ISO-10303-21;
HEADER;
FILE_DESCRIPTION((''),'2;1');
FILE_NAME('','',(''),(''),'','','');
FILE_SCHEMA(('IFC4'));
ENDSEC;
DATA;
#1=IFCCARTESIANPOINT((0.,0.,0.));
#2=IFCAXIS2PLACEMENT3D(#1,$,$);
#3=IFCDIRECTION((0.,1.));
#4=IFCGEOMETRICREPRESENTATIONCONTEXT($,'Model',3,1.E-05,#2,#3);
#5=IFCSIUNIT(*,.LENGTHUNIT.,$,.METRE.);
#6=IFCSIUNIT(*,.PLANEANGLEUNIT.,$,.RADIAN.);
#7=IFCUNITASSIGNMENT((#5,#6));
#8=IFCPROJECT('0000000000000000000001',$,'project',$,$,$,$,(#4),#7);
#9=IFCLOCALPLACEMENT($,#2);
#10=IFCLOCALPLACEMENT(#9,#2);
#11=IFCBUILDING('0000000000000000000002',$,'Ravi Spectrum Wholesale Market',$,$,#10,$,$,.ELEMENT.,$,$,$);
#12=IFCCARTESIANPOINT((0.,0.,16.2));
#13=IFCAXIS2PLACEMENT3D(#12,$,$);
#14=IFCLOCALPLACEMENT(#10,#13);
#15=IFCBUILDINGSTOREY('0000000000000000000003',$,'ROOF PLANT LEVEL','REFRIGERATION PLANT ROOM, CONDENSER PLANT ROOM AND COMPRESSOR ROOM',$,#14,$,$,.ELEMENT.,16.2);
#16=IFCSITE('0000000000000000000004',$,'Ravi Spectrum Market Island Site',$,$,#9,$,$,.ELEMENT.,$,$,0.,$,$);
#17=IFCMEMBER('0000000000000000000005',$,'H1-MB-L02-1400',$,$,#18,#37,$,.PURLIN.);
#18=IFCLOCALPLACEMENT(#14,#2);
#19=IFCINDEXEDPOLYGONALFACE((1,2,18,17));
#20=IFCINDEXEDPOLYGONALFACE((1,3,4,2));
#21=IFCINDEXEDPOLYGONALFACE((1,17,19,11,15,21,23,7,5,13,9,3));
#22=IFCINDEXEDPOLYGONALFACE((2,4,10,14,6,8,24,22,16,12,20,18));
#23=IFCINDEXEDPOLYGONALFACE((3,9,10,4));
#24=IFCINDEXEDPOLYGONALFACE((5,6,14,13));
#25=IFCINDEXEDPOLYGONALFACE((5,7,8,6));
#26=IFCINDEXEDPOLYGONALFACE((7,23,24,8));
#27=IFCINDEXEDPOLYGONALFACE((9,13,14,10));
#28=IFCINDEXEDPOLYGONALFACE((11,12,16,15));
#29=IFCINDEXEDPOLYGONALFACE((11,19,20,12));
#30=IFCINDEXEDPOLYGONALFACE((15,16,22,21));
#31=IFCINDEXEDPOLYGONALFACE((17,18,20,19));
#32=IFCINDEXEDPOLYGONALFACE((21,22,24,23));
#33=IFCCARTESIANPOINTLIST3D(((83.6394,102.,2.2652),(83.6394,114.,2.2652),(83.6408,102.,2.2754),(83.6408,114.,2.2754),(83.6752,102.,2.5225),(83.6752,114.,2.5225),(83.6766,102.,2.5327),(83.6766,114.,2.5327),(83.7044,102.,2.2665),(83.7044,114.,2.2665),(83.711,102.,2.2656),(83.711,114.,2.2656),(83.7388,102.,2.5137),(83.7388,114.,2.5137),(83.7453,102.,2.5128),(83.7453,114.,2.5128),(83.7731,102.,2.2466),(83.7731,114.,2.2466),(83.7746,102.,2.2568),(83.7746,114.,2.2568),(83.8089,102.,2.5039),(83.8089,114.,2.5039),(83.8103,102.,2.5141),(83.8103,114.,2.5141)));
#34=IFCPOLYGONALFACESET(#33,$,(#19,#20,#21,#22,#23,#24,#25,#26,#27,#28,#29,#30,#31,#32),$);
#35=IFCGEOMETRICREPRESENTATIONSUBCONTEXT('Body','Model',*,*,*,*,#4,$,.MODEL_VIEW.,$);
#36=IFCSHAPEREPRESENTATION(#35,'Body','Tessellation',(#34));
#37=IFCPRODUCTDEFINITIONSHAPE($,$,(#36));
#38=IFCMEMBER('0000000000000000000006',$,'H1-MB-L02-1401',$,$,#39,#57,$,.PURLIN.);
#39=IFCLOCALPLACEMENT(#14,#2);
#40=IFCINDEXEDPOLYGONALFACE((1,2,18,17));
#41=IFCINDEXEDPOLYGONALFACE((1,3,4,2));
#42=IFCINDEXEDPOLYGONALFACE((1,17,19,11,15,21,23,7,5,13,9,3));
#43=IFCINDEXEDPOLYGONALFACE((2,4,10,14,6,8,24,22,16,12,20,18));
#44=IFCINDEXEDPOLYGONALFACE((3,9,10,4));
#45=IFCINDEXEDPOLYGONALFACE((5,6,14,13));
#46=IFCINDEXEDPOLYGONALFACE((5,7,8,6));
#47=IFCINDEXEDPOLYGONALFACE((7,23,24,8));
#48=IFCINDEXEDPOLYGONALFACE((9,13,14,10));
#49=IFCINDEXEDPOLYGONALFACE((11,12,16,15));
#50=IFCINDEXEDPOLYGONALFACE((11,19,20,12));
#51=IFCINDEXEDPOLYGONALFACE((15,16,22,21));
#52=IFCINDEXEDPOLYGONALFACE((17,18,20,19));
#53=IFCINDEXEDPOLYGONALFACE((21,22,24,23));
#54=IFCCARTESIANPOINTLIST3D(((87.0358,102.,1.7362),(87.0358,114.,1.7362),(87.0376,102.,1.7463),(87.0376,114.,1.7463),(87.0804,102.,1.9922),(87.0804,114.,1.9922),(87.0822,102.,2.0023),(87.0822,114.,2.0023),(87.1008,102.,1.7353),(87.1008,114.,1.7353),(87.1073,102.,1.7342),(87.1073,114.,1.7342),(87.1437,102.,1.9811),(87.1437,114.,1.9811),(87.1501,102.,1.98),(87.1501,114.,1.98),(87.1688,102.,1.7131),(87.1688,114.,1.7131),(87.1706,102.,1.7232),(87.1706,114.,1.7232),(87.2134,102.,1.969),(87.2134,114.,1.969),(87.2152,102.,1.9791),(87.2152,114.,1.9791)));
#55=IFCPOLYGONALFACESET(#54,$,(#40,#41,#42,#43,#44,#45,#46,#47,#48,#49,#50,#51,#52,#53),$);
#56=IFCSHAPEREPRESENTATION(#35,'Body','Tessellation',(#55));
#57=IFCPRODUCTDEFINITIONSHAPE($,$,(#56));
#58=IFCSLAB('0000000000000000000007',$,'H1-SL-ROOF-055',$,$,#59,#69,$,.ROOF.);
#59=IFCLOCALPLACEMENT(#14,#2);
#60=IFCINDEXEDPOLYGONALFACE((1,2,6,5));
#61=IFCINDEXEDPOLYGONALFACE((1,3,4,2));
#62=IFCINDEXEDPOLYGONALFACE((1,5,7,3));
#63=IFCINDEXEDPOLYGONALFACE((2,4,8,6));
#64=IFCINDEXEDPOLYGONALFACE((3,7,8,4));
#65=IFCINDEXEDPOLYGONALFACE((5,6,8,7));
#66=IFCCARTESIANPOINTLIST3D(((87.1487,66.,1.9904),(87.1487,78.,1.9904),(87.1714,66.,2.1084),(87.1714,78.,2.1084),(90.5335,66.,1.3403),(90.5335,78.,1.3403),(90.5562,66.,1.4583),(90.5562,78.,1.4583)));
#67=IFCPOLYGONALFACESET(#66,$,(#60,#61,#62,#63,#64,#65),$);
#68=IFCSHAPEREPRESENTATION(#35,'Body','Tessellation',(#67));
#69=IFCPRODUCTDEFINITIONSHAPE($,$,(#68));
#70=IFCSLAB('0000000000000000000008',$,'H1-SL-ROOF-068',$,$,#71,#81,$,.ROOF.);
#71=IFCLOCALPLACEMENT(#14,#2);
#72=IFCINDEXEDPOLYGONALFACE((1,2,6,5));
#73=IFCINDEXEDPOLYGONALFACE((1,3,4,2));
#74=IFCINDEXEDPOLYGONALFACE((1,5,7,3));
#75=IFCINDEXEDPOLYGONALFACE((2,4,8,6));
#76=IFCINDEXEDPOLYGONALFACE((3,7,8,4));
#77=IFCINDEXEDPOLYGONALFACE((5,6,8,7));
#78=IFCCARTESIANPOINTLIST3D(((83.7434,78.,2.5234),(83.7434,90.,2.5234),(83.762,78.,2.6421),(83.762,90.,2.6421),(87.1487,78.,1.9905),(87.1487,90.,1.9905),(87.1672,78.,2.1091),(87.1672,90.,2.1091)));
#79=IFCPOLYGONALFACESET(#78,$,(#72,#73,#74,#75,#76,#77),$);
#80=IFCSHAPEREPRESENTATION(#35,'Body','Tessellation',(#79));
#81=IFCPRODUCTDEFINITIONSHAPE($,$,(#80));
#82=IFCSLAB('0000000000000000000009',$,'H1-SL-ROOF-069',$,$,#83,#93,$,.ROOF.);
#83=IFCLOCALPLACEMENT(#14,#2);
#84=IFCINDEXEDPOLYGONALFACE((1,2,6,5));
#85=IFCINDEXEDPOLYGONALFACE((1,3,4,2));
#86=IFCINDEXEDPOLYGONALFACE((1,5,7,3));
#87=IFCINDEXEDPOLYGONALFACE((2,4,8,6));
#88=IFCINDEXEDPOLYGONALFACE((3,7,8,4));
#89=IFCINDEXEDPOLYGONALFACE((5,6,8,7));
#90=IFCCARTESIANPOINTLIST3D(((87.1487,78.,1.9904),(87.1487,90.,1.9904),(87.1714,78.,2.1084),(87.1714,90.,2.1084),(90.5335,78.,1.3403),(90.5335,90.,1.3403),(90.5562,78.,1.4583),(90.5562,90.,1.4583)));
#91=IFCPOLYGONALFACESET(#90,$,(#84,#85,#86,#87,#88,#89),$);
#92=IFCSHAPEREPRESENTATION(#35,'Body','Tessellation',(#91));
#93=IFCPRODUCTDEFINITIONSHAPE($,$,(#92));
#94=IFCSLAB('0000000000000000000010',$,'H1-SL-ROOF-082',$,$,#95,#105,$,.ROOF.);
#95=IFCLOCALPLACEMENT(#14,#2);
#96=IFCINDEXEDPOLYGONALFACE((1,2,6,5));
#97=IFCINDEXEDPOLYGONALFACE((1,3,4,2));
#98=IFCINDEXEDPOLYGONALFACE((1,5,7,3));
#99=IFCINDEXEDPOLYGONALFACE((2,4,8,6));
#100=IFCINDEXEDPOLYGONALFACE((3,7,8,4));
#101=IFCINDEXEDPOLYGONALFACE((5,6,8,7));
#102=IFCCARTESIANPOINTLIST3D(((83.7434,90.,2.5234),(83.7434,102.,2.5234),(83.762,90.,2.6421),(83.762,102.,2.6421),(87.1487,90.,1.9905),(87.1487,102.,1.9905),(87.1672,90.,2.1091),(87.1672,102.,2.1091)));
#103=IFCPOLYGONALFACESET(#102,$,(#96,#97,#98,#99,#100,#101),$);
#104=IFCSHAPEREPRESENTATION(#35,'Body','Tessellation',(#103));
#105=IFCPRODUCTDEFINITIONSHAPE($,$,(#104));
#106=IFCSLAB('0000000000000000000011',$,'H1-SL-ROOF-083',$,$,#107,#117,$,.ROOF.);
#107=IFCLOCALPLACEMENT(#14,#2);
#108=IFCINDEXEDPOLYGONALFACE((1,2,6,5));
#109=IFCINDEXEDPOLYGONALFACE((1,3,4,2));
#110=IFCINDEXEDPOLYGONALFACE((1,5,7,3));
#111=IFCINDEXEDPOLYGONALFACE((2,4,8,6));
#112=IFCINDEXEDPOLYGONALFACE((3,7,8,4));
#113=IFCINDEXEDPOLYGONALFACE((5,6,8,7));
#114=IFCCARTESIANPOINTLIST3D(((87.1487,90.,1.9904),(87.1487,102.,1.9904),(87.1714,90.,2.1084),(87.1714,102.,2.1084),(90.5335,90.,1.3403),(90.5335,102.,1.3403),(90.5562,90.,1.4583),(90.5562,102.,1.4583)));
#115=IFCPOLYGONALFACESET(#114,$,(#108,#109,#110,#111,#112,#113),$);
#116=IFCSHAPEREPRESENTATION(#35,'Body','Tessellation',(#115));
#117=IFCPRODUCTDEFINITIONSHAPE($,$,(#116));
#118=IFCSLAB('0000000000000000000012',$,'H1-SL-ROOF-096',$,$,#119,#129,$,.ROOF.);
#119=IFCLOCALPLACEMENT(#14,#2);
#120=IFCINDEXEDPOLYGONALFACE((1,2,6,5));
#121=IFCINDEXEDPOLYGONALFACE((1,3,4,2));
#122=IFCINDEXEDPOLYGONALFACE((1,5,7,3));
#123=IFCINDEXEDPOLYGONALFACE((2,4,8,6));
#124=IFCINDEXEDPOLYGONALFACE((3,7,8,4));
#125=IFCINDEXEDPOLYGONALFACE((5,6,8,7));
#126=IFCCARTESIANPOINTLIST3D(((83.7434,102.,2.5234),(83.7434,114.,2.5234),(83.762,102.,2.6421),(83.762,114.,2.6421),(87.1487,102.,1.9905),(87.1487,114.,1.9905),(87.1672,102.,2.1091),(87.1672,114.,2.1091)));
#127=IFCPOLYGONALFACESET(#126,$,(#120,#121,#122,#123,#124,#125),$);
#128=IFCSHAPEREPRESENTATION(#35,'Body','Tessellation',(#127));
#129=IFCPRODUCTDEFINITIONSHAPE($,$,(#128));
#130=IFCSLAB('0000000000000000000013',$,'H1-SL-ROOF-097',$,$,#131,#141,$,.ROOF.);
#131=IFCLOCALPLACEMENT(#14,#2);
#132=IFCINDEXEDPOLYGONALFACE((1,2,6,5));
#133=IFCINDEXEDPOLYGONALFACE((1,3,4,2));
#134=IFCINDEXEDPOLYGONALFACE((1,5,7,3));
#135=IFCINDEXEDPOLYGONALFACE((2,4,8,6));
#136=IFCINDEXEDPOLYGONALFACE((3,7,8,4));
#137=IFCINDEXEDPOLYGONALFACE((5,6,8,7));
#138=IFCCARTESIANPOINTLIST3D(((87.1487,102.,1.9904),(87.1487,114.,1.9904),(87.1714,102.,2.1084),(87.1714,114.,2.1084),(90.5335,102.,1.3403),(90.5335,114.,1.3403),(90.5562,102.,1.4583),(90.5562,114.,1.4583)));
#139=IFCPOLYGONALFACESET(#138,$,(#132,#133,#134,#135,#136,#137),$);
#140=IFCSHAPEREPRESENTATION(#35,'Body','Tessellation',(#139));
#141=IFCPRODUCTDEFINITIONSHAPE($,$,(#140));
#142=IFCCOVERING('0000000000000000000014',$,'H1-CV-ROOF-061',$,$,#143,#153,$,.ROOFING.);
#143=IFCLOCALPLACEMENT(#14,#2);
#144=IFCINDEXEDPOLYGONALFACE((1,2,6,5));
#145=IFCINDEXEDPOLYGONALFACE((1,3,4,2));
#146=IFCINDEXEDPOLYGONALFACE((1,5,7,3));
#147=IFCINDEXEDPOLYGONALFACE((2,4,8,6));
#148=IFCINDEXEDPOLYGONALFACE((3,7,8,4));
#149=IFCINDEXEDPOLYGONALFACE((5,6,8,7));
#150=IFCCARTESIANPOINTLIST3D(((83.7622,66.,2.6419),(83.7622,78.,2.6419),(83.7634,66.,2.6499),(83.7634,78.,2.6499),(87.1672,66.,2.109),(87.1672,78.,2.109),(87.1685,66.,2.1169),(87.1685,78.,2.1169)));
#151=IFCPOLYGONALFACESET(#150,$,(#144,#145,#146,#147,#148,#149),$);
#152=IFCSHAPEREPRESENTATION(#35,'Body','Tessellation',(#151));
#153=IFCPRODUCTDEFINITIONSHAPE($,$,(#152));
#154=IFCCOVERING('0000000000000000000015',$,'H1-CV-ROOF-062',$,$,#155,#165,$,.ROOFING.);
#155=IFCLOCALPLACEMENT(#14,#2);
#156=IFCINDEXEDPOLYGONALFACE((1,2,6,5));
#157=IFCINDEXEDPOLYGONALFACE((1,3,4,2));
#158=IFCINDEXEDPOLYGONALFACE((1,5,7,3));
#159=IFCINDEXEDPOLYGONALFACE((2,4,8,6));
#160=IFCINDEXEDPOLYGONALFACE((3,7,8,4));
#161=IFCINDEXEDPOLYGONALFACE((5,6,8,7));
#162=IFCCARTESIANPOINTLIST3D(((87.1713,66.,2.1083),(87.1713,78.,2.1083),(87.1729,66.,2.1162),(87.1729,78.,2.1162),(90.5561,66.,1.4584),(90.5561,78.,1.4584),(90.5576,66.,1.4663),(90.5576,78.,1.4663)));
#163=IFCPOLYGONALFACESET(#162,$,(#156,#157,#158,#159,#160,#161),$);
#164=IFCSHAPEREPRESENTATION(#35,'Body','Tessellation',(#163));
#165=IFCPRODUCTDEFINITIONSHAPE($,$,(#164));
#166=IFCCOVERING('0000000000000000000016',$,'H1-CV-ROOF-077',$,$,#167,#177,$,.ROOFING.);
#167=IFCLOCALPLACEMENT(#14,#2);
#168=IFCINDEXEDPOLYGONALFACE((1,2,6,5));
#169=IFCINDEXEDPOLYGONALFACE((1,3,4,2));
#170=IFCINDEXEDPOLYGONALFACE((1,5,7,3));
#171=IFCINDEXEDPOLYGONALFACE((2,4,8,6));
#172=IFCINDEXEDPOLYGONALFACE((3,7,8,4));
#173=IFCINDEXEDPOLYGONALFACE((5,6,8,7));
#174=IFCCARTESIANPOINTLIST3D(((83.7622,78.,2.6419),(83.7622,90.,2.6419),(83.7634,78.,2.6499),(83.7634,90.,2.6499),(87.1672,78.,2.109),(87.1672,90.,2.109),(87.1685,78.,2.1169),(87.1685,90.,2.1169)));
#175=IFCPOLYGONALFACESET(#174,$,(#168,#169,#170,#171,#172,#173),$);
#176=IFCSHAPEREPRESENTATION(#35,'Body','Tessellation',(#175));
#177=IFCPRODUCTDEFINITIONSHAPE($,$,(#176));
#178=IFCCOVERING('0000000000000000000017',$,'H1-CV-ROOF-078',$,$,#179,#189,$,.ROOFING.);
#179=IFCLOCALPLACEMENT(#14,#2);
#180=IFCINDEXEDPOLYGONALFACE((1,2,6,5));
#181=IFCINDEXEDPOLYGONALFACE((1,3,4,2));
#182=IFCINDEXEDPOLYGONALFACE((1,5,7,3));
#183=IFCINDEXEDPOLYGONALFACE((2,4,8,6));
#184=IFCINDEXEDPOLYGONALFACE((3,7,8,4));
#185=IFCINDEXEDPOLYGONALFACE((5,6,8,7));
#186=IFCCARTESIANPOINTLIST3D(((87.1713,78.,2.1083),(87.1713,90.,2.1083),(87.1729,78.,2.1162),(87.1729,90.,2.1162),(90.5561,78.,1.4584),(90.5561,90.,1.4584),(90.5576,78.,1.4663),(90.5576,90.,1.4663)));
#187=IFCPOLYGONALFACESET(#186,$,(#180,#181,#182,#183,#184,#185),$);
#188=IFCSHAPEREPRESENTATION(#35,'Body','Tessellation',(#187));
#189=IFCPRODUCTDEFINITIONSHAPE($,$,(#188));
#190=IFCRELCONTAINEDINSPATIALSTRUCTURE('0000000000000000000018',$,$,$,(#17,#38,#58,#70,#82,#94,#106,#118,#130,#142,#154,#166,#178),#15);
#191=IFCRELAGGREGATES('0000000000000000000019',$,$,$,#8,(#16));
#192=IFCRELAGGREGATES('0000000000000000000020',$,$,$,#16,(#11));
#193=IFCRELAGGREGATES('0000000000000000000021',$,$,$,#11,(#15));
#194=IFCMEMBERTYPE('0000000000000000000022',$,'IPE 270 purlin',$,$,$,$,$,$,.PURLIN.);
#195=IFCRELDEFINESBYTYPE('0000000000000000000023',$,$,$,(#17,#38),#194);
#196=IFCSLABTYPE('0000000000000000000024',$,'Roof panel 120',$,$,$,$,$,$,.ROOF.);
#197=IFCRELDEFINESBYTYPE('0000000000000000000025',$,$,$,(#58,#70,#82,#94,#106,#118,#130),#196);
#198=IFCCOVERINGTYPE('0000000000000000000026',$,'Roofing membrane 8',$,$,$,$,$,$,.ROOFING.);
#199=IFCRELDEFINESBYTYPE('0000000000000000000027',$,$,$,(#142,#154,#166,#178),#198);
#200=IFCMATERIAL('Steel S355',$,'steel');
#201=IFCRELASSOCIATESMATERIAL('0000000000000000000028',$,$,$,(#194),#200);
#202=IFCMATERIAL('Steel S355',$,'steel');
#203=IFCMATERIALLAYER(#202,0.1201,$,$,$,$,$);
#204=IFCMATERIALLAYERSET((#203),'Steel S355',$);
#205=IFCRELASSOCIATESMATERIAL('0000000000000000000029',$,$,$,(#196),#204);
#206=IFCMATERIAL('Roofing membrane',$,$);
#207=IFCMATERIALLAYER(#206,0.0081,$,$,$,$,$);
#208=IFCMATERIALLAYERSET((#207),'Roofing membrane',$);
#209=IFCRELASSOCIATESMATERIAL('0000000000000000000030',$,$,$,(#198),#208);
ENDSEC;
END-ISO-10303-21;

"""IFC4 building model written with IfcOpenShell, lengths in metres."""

from ifc_helpers import new_model, si_unit, direction, frame, origin, origin_2d, place, context, subcontext, project, spatial, polyline, i_section, outline, extrude, material, layer, layer_set, material_profile, profile_set, type_object, element, save


model = new_model("IFC4")

# Units and contexts
model_context = context("Model", 3, precision=1e-05, world=origin(), true_north=direction((0.0, 1.0)))
body_context = subcontext(model_context, "Body", "Model", "MODEL_VIEW")
ifc_project = project(units=[si_unit("LENGTHUNIT", "METRE"), si_unit("PLANEANGLEUNIT", "RADIAN")], contexts=[model_context])

# Site, building, storey
site_placement = place(None, origin())
site = spatial("IfcSite", under=ifc_project, at=site_placement, Name="Ravi Spectrum Market Island Site", CompositionType="ELEMENT", RefElevation=0.0)
building_placement = place(site_placement, origin())
building = spatial("IfcBuilding", under=site, at=building_placement, Name="Ravi Spectrum Wholesale Market", CompositionType="ELEMENT")
storey_placement = place(building_placement, frame((0.0, 0.0, 16.2)))
storey = spatial("IfcBuildingStorey", under=building, at=storey_placement, Name="ROOF PLANT LEVEL", Description="REFRIGERATION PLANT ROOM, CONDENSER PLANT ROOM AND COMPRESSOR ROOM", CompositionType="ELEMENT", Elevation=16.2)

# Members
ifc_material_1 = material(Name="Steel S355", Category="steel")
ifc_material_profile_1 = material_profile(ifc_material_1, i_section(OverallWidth=0.135, OverallDepth=0.27, WebThickness=0.0066, FlangeThickness=0.0103, at=origin_2d()))
ifc_profile_set_1 = profile_set([ifc_material_profile_1], Name="Steel S355")
member_type_1 = type_object("IfcMemberType", Name="IPE 270 purlin", PredefinedType="PURLIN", material=ifc_profile_set_1)
for number, where, z_axis, x_axis, name in (
    (1, (83.7249, 102.0, 2.3896), (0.0, 1.0, 0.0), (-0.990494, 0.0, 0.137557), "H1-MB-L02-1400"),
    (2, (87.1255, 102.0, 1.8577), (0.0, 1.0, 0.0), (-0.98516, 0.0, 0.171639), "H1-MB-L02-1401"),
):
    element("IfcMember", number, at=place(storey_placement, frame(where, z_axis=z_axis, x_axis=x_axis)), inside=storey, type_object=member_type_1, Name=name, PredefinedType="PURLIN", context=body_context, shape_type="SweptSolid", body=[
        extrude(i_section(OverallWidth=0.135, OverallDepth=0.27, WebThickness=0.0066, FlangeThickness=0.0103, at=origin_2d()), origin(), (0.0, 0.0, 1.0), 12.0),
    ])

# Slabs
ifc_material_2 = material(Name="Steel S355", Category="steel")
ifc_layer_1 = layer(ifc_material_2, 0.1201)
ifc_layer_set_1 = layer_set([ifc_layer_1], Name="Steel S355")
slab_type = type_object("IfcSlabType", Name="Roof panel 120", PredefinedType="ROOF", material=ifc_layer_set_1)
slab_1_placement = place(storey_placement, frame((87.1714, 66.0, 2.1084), z_axis=(0.188632, 0.0, 0.982048), x_axis=(0.982048, 0.0, -0.188632)))
element("IfcSlab", 3, at=slab_1_placement, inside=storey, type_object=slab_type, Name="H1-SL-ROOF-055", PredefinedType="ROOF", context=body_context, shape_type="SweptSolid", body=[
    extrude(outline(polyline([(0.0, 0.0), (3.4466, 0.0), (3.4466, 12.0), (0.0, 12.0), (0.0, 0.0)])), origin(), (0.0, 0.0, -1.0), 0.1201),
])
slab_2_placement = place(storey_placement, frame((83.762, 78.0, 2.6421), z_axis=(0.154628, 0.0, 0.987973), x_axis=(0.987973, 0.0, -0.154628)))
element("IfcSlab", 4, at=slab_2_placement, inside=storey, type_object=slab_type, Name="H1-SL-ROOF-068", PredefinedType="ROOF", context=body_context, shape_type="SweptSolid", body=[
    extrude(outline(polyline([(0.0, 0.0), (3.4467, 0.0), (3.4467, 12.0), (0.0, 12.0), (0.0, 0.0)])), origin(), (0.0, 0.0, -1.0), 0.1201),
])
slab_3_placement = place(storey_placement, frame((87.1714, 78.0, 2.1084), z_axis=(0.188632, 0.0, 0.982048), x_axis=(0.982048, 0.0, -0.188632)))
element("IfcSlab", 5, at=slab_3_placement, inside=storey, type_object=slab_type, Name="H1-SL-ROOF-069", PredefinedType="ROOF", context=body_context, shape_type="SweptSolid", body=[
    extrude(outline(polyline([(0.0, 0.0), (3.4466, 0.0), (3.4466, 12.0), (0.0, 12.0), (0.0, 0.0)])), origin(), (0.0, 0.0, -1.0), 0.1201),
])
slab_4_placement = place(storey_placement, frame((83.762, 90.0, 2.6421), z_axis=(0.154628, 0.0, 0.987973), x_axis=(0.987973, 0.0, -0.154628)))
element("IfcSlab", 6, at=slab_4_placement, inside=storey, type_object=slab_type, Name="H1-SL-ROOF-082", PredefinedType="ROOF", context=body_context, shape_type="SweptSolid", body=[
    extrude(outline(polyline([(0.0, 0.0), (3.4467, 0.0), (3.4467, 12.0), (0.0, 12.0), (0.0, 0.0)])), origin(), (0.0, 0.0, -1.0), 0.1201),
])
slab_5_placement = place(storey_placement, frame((87.1714, 90.0, 2.1084), z_axis=(0.188632, 0.0, 0.982048), x_axis=(0.982048, 0.0, -0.188632)))
element("IfcSlab", 7, at=slab_5_placement, inside=storey, type_object=slab_type, Name="H1-SL-ROOF-083", PredefinedType="ROOF", context=body_context, shape_type="SweptSolid", body=[
    extrude(outline(polyline([(0.0, 0.0), (3.4466, 0.0), (3.4466, 12.0), (0.0, 12.0), (0.0, 0.0)])), origin(), (0.0, 0.0, -1.0), 0.1201),
])
slab_6_placement = place(storey_placement, frame((83.762, 102.0, 2.6421), z_axis=(0.154628, 0.0, 0.987973), x_axis=(0.987973, 0.0, -0.154628)))
element("IfcSlab", 8, at=slab_6_placement, inside=storey, type_object=slab_type, Name="H1-SL-ROOF-096", PredefinedType="ROOF", context=body_context, shape_type="SweptSolid", body=[
    extrude(outline(polyline([(0.0, 0.0), (3.4467, 0.0), (3.4467, 12.0), (0.0, 12.0), (0.0, 0.0)])), origin(), (0.0, 0.0, -1.0), 0.1201),
])
slab_7_placement = place(storey_placement, frame((87.1714, 102.0, 2.1084), z_axis=(0.188632, 0.0, 0.982048), x_axis=(0.982048, 0.0, -0.188632)))
element("IfcSlab", 9, at=slab_7_placement, inside=storey, type_object=slab_type, Name="H1-SL-ROOF-097", PredefinedType="ROOF", context=body_context, shape_type="SweptSolid", body=[
    extrude(outline(polyline([(0.0, 0.0), (3.4466, 0.0), (3.4466, 12.0), (0.0, 12.0), (0.0, 0.0)])), origin(), (0.0, 0.0, -1.0), 0.1201),
])

# Coverings
ifc_material_3 = material(Name="Roofing membrane")
ifc_layer_2 = layer(ifc_material_3, 0.0081)
ifc_layer_set_2 = layer_set([ifc_layer_2], Name="Roofing membrane")
covering_type = type_object("IfcCoveringType", Name="Roofing membrane 8", PredefinedType="ROOFING", material=ifc_layer_set_2)
covering_1_placement = place(storey_placement, frame((83.7634, 66.0, 2.6499), z_axis=(0.154638, 0.0, 0.987971), x_axis=(0.987971, 0.0, -0.154638)))
element("IfcCovering", 10, at=covering_1_placement, inside=storey, type_object=covering_type, Name="H1-CV-ROOF-061", PredefinedType="ROOFING", context=body_context, shape_type="SweptSolid", body=[
    extrude(outline(polyline([(0.0, 0.0), (3.4465, 0.0), (3.4465, 12.0), (0.0, 12.0), (0.0, 0.0)])), origin(), (0.0, 0.0, -1.0), 0.0081),
])
covering_2_placement = place(storey_placement, frame((87.1729, 66.0, 2.1162), z_axis=(0.188564, 0.0, 0.982061), x_axis=(0.982061, 0.0, -0.188564)))
element("IfcCovering", 11, at=covering_2_placement, inside=storey, type_object=covering_type, Name="H1-CV-ROOF-062", PredefinedType="ROOFING", context=body_context, shape_type="SweptSolid", body=[
    extrude(outline(polyline([(0.0, 0.0), (3.4466, 0.0), (3.4466, 12.0), (0.0, 12.0), (0.0, 0.0)])), origin(), (0.0, 0.0, -1.0), 0.0081),
])
covering_3_placement = place(storey_placement, frame((83.7634, 78.0, 2.6499), z_axis=(0.154638, 0.0, 0.987971), x_axis=(0.987971, 0.0, -0.154638)))
element("IfcCovering", 12, at=covering_3_placement, inside=storey, type_object=covering_type, Name="H1-CV-ROOF-077", PredefinedType="ROOFING", context=body_context, shape_type="SweptSolid", body=[
    extrude(outline(polyline([(0.0, 0.0), (3.4465, 0.0), (3.4465, 12.0), (0.0, 12.0), (0.0, 0.0)])), origin(), (0.0, 0.0, -1.0), 0.0081),
])
covering_4_placement = place(storey_placement, frame((87.1729, 78.0, 2.1162), z_axis=(0.188564, 0.0, 0.982061), x_axis=(0.982061, 0.0, -0.188564)))
element("IfcCovering", 13, at=covering_4_placement, inside=storey, type_object=covering_type, Name="H1-CV-ROOF-078", PredefinedType="ROOFING", context=body_context, shape_type="SweptSolid", body=[
    extrude(outline(polyline([(0.0, 0.0), (3.4466, 0.0), (3.4466, 12.0), (0.0, 12.0), (0.0, 0.0)])), origin(), (0.0, 0.0, -1.0), 0.0081),
])

save(model, "model.ifc")
